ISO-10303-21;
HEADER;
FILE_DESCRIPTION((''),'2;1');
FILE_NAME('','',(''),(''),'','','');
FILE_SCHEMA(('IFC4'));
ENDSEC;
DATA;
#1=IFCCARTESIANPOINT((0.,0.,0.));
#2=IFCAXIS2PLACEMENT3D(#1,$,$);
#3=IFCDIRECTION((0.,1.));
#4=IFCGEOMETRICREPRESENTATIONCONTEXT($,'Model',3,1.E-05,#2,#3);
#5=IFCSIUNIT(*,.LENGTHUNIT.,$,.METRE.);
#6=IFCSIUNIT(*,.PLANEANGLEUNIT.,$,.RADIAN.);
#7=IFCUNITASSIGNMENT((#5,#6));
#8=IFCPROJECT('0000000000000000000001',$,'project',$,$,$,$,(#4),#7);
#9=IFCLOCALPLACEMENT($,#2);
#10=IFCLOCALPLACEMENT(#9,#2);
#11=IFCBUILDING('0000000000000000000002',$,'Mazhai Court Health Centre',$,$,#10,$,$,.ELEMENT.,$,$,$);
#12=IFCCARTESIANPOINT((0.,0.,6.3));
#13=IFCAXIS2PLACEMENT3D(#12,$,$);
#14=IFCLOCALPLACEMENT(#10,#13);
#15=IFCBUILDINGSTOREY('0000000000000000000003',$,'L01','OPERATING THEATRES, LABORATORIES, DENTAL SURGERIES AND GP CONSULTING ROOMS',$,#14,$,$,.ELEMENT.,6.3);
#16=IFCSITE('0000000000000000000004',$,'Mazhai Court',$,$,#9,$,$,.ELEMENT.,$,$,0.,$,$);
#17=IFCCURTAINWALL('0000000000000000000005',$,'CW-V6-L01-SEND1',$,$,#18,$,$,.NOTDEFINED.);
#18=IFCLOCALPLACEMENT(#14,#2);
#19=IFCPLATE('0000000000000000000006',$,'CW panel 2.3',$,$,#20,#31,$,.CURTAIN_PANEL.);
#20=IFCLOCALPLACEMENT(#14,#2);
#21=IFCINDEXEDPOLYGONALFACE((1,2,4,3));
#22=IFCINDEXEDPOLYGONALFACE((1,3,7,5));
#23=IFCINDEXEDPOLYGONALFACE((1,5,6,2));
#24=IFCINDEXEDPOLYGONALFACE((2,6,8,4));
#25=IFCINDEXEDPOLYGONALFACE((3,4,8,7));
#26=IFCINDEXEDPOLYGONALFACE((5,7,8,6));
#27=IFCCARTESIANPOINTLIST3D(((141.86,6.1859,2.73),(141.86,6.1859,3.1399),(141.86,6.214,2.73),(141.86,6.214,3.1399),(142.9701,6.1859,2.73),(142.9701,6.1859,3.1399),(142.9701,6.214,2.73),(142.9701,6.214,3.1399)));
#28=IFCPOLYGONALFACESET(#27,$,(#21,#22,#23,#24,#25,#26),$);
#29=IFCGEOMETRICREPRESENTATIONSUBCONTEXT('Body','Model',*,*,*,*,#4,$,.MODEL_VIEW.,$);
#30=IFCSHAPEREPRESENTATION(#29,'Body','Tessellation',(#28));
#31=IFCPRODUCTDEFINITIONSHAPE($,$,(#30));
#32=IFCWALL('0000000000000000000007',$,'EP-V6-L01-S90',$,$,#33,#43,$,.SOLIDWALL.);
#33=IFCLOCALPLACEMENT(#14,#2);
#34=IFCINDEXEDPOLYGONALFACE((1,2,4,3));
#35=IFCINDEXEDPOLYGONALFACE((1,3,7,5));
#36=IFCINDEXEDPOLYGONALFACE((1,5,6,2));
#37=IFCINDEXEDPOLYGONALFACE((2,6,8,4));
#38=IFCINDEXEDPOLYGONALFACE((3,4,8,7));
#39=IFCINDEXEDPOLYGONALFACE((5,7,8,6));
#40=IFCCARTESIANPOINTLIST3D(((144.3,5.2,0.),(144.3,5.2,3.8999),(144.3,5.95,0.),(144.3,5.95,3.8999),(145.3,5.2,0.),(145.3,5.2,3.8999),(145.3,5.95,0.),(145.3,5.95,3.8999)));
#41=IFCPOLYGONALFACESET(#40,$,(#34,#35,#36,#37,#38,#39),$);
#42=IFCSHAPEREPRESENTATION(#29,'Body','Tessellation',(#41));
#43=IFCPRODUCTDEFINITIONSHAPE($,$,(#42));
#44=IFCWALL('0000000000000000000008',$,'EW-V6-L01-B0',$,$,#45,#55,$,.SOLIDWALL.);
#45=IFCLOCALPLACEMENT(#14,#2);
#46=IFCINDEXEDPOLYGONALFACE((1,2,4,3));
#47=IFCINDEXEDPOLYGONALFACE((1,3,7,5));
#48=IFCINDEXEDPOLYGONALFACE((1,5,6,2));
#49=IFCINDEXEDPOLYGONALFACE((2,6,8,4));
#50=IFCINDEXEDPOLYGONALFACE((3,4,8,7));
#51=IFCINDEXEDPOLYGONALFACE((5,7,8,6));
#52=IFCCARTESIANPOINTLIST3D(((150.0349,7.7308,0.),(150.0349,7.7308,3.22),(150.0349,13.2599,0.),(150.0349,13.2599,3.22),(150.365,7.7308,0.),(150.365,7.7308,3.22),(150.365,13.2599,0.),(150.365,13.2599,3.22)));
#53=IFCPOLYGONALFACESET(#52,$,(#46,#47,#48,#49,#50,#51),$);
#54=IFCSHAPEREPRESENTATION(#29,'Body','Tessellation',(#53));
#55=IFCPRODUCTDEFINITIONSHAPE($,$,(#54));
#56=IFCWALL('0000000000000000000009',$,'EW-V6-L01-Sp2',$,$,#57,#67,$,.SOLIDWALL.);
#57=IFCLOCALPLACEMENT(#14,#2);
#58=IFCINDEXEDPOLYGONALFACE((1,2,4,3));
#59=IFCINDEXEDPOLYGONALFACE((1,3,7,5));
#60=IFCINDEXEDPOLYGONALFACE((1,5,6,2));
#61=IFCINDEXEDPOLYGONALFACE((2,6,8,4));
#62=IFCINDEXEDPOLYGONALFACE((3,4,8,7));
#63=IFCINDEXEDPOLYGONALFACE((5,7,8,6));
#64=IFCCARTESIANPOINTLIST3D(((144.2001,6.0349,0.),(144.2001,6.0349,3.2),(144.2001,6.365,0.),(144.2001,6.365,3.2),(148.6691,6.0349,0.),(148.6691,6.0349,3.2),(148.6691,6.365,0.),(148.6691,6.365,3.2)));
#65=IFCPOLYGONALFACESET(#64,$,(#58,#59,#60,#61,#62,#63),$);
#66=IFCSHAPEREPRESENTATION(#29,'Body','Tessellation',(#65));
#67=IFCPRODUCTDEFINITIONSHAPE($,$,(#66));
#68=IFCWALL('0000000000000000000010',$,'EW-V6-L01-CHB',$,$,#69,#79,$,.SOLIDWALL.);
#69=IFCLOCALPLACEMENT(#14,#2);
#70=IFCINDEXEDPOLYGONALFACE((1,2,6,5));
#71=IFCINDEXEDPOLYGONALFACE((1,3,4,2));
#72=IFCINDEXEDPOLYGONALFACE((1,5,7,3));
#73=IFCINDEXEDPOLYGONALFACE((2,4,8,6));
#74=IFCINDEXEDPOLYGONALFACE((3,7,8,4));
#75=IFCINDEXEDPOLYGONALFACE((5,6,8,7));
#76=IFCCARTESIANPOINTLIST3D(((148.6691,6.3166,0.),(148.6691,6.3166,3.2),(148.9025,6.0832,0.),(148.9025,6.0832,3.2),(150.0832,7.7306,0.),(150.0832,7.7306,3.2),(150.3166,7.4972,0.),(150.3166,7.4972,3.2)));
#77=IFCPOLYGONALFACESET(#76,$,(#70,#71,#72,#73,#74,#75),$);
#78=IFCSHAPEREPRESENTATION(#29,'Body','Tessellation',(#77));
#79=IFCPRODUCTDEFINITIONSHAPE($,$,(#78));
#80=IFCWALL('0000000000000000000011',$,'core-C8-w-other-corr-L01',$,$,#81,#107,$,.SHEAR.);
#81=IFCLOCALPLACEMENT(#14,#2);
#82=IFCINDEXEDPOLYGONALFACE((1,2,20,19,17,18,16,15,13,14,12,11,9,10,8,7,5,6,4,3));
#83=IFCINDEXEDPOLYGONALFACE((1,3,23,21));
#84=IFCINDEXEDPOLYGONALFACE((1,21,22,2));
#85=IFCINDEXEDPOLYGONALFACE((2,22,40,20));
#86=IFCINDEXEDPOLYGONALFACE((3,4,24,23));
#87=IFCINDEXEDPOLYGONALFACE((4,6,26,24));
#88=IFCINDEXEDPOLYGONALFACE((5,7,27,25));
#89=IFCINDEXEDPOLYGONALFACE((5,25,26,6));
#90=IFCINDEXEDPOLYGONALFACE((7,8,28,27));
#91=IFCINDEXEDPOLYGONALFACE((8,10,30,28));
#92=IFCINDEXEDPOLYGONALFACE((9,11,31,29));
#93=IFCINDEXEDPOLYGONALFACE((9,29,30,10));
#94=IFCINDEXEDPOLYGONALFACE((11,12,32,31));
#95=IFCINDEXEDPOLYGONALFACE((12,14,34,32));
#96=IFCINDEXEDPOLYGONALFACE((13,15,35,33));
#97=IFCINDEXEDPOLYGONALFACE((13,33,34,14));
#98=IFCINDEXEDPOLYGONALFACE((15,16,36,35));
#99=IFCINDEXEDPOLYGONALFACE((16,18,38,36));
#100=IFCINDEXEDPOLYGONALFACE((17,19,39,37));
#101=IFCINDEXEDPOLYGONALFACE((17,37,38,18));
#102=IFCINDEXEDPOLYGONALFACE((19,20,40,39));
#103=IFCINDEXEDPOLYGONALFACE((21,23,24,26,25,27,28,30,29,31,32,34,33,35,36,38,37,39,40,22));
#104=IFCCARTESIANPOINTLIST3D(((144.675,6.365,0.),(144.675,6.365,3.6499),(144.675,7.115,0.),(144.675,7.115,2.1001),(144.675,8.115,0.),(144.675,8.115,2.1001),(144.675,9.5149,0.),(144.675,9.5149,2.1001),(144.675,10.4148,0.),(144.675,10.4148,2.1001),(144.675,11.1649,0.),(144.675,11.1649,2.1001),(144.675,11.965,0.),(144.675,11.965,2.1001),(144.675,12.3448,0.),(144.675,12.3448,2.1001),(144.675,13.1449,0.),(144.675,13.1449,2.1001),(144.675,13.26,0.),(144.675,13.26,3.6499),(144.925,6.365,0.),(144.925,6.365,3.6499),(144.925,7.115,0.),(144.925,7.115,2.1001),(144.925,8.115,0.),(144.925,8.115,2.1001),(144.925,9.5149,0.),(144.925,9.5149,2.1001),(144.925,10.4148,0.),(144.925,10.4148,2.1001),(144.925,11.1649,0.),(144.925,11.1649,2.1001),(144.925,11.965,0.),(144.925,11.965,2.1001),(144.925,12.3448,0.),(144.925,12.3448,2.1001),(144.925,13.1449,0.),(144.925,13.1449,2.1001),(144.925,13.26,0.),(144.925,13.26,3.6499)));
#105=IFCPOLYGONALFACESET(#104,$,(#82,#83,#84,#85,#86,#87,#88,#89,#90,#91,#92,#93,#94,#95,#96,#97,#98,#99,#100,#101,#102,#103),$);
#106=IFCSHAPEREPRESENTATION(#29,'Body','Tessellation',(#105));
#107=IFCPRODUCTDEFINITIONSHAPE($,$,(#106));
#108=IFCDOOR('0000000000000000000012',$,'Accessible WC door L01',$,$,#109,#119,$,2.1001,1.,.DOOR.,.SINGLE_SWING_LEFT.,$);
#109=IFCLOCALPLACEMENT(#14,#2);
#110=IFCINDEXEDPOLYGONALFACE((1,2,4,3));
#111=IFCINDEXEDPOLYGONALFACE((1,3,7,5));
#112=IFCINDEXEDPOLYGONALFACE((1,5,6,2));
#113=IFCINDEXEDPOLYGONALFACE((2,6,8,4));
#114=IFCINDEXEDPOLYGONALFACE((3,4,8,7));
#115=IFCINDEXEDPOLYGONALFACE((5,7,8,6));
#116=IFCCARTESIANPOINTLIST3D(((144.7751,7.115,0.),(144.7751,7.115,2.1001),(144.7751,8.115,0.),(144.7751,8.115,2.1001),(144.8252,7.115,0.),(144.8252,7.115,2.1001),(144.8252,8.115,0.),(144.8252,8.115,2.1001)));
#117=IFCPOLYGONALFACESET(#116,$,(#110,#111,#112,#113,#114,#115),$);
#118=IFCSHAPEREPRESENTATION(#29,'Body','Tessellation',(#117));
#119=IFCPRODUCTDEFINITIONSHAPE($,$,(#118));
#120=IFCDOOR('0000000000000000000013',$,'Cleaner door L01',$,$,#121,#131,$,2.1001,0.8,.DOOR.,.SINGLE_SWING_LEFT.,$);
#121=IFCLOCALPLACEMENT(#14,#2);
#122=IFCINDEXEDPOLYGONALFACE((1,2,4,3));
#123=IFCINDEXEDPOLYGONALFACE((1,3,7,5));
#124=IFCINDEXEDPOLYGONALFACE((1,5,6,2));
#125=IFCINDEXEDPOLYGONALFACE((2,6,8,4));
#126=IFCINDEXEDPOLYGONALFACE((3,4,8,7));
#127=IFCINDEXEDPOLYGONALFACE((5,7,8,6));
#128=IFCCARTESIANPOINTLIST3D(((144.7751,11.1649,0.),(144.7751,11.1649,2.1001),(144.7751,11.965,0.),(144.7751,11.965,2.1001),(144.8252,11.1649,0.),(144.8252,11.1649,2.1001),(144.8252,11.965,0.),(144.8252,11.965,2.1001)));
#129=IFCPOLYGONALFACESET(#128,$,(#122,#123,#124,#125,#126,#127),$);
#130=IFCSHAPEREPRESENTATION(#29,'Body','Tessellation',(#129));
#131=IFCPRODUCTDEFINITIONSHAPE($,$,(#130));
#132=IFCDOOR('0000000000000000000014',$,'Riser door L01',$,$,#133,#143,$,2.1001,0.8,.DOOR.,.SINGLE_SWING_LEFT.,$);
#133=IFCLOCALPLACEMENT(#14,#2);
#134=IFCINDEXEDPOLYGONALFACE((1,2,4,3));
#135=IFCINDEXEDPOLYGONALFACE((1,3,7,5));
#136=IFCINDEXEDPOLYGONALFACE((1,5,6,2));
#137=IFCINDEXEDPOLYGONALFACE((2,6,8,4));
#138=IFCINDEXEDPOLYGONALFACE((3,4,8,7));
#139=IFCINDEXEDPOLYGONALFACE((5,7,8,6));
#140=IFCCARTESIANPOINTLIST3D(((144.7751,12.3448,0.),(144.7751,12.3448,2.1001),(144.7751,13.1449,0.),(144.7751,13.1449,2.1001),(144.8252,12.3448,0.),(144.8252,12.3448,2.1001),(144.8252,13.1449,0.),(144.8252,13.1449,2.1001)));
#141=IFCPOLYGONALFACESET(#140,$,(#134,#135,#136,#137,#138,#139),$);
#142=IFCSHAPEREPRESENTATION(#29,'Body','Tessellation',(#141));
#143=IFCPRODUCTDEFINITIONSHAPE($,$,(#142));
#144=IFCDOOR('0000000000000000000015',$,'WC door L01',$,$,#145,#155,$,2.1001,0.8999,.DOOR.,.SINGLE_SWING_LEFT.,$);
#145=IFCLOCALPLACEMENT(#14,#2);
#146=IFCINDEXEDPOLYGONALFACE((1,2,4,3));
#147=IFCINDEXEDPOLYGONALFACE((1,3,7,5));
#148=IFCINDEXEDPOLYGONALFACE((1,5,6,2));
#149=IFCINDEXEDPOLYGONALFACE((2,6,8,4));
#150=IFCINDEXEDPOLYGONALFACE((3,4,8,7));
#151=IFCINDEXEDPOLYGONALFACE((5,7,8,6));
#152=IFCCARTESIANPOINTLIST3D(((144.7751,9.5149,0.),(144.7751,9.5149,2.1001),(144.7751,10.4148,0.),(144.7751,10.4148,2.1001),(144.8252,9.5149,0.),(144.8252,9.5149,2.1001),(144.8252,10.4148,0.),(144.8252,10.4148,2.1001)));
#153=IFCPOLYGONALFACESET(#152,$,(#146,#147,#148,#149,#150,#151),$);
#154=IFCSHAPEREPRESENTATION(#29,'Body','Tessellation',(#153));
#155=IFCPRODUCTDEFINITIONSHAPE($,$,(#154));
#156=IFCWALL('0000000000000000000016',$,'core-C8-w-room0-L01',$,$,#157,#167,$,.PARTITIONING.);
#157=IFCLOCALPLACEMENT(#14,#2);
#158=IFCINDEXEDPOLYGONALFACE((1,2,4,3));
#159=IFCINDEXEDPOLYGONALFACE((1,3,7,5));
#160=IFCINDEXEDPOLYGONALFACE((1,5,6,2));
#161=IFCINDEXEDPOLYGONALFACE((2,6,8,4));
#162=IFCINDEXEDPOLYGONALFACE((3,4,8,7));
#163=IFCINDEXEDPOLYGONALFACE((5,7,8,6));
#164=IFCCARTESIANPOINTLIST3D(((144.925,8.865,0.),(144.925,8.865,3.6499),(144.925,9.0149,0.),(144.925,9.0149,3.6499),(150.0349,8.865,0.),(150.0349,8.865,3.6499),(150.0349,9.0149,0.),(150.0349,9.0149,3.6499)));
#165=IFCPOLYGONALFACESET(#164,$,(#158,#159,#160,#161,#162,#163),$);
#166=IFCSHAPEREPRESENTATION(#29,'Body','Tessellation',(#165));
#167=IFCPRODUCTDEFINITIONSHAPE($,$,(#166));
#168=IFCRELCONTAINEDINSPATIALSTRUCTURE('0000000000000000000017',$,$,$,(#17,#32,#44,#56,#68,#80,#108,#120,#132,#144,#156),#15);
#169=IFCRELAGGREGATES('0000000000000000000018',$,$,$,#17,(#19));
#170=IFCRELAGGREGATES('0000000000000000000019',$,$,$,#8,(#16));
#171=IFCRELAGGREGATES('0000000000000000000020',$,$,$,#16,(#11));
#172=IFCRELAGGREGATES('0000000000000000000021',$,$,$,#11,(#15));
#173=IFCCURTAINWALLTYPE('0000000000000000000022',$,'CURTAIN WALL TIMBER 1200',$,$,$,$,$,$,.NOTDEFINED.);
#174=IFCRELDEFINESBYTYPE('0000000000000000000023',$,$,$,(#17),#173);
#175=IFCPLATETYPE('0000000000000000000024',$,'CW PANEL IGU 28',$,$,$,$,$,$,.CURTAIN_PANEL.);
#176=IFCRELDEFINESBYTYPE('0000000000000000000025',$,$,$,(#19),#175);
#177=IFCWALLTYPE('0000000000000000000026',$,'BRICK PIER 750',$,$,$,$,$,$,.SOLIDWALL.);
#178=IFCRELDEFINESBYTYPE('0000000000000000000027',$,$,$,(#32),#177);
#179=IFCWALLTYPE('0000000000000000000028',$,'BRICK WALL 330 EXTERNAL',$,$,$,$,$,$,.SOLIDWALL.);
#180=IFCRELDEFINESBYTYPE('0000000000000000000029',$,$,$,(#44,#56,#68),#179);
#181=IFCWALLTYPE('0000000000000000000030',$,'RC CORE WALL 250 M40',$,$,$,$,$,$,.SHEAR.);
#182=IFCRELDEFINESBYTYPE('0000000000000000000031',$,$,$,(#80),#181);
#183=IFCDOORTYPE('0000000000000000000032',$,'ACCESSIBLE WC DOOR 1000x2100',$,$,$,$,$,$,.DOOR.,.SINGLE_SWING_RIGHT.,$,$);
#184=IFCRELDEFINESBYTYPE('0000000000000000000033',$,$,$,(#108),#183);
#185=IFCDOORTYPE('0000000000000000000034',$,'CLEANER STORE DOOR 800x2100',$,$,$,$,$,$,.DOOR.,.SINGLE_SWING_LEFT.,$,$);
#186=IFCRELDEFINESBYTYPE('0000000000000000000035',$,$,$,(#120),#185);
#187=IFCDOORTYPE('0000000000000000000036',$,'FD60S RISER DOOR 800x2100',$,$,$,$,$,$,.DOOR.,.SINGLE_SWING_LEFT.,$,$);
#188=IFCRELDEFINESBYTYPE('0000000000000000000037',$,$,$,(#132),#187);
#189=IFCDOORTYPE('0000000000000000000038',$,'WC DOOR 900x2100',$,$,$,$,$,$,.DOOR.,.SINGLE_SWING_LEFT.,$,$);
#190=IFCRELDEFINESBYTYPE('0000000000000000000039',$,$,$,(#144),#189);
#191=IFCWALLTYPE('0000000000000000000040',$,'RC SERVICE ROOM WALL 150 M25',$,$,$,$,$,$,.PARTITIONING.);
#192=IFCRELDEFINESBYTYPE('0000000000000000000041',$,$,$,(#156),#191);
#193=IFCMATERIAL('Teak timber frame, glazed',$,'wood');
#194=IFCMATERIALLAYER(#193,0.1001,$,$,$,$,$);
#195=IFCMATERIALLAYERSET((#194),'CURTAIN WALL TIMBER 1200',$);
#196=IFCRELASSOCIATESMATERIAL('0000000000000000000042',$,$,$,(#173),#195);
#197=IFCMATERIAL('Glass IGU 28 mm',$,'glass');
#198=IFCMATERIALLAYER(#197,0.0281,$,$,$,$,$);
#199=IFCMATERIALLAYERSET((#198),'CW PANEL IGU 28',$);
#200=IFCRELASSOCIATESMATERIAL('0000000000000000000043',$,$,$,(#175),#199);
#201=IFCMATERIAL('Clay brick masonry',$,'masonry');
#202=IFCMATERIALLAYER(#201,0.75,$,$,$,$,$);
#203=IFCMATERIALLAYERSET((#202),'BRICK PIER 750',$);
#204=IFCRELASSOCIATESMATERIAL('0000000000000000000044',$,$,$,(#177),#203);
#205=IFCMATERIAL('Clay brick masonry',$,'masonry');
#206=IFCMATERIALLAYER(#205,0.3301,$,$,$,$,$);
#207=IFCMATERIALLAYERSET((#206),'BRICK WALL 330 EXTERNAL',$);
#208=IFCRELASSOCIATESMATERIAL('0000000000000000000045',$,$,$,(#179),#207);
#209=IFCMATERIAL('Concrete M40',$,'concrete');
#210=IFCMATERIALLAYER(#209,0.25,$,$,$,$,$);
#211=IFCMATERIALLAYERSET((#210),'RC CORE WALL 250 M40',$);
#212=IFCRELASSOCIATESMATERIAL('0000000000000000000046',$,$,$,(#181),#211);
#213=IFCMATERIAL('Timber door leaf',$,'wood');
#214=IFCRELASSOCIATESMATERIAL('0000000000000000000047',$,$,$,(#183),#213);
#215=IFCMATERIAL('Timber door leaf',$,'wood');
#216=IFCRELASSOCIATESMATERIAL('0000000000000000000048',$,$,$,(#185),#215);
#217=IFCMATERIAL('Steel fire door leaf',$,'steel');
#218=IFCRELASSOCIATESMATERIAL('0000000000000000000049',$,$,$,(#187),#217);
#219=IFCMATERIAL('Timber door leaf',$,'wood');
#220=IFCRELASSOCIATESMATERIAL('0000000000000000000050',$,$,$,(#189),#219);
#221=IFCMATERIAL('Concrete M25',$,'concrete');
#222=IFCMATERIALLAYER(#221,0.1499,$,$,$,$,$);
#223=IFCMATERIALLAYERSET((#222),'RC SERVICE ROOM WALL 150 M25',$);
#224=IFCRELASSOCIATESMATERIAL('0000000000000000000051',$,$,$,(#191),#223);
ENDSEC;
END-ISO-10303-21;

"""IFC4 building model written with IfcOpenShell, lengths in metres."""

from ifc_helpers import new_model, si_unit, direction, frame, frame_2d, origin, origin_2d, place, context, subcontext, project, spatial, rectangle, extrude, material, layer, layer_set, type_object, element, fill, aggregate, save


model = new_model("IFC4")

# Units and contexts
model_context = context("Model", 3, precision=1e-05, world=origin(), true_north=direction((0.0, 1.0)))
body_context = subcontext(model_context, "Body", "Model", "MODEL_VIEW")
ifc_project = project(units=[si_unit("LENGTHUNIT", "METRE"), si_unit("PLANEANGLEUNIT", "RADIAN")], contexts=[model_context])

# Site, building, storey
site_placement = place(None, origin())
site = spatial("IfcSite", under=ifc_project, at=site_placement, Name="Mazhai Court", CompositionType="ELEMENT", RefElevation=0.0)
building_placement = place(site_placement, origin())
building = spatial("IfcBuilding", under=site, at=building_placement, Name="Mazhai Court Health Centre", CompositionType="ELEMENT")
storey_placement = place(building_placement, frame((0.0, 0.0, 6.3)))
storey = spatial("IfcBuildingStorey", under=building, at=storey_placement, Name="L01", Description="OPERATING THEATRES, LABORATORIES, DENTAL SURGERIES AND GP CONSULTING ROOMS", CompositionType="ELEMENT", Elevation=6.3)

# Curtain wall, plate
ifc_material_1 = material(Name="Teak timber frame, glazed", Category="wood")
ifc_layer_1 = layer(ifc_material_1, 0.1001)
ifc_layer_set_1 = layer_set([ifc_layer_1], Name="CURTAIN WALL TIMBER 1200")
curtain_wall_type = type_object("IfcCurtainWallType", Name="CURTAIN WALL TIMBER 1200", PredefinedType="NOTDEFINED", material=ifc_layer_set_1)
curtain_wall_placement = place(storey_placement, origin())
curtain_wall = element("IfcCurtainWall", 1, at=curtain_wall_placement, inside=storey, type_object=curtain_wall_type, Name="CW-V6-L01-SEND1", PredefinedType="NOTDEFINED")
ifc_material_2 = material(Name="Glass IGU 28 mm", Category="glass")
ifc_layer_2 = layer(ifc_material_2, 0.0281)
ifc_layer_set_2 = layer_set([ifc_layer_2], Name="CW PANEL IGU 28")
plate_type = type_object("IfcPlateType", Name="CW PANEL IGU 28", PredefinedType="CURTAIN_PANEL", material=ifc_layer_set_2)
plate_1_placement = place(storey_placement, frame((142.415, 6.2, 2.73), z_axis=(0.0, 0.0, 1.0), x_axis=(-1.0, 0.0, 0.0)))
plate_1 = element("IfcPlate", 2, at=plate_1_placement, type_object=plate_type, Name="CW panel 2.3", PredefinedType="CURTAIN_PANEL", context=body_context, shape_type="SweptSolid", body=[
    extrude(rectangle(XDim=1.1101, YDim=0.0281, at=origin_2d()), origin(), (0.0, 0.0, 1.0), 0.4099),
])
aggregate(curtain_wall, [plate_1])

# Walls
ifc_material_3 = material(Name="Clay brick masonry", Category="masonry")
ifc_layer_3 = layer(ifc_material_3, 0.75)
ifc_layer_set_3 = layer_set([ifc_layer_3], Name="BRICK PIER 750")
wall_type_1 = type_object("IfcWallType", Name="BRICK PIER 750", PredefinedType="SOLIDWALL", material=ifc_layer_set_3)
wall_1_placement = place(storey_placement, frame((145.3, 5.575, 0.0), z_axis=(0.0, 0.0, 1.0), x_axis=(-1.0, 0.0, 0.0)))
element("IfcWall", 3, at=wall_1_placement, inside=storey, type_object=wall_type_1, Name="EP-V6-L01-S90", PredefinedType="SOLIDWALL", context=body_context, shape_type="SweptSolid", body=[
    extrude(rectangle(XDim=1.0, YDim=0.75, at=frame_2d((0.5, 0.0))), origin(), (0.0, 0.0, 1.0), 3.8999),
])
ifc_material_4 = material(Name="Clay brick masonry", Category="masonry")
ifc_layer_4 = layer(ifc_material_4, 0.3301)
ifc_layer_set_4 = layer_set([ifc_layer_4], Name="BRICK WALL 330 EXTERNAL")
wall_type_2 = type_object("IfcWallType", Name="BRICK WALL 330 EXTERNAL", PredefinedType="SOLIDWALL", material=ifc_layer_set_4)
wall_2_placement = place(storey_placement, frame((150.2, 13.26, 0.0), z_axis=(0.0, 0.0, 1.0), x_axis=(0.0, -1.0, 0.0)))
element("IfcWall", 4, at=wall_2_placement, inside=storey, type_object=wall_type_2, Name="EW-V6-L01-B0", PredefinedType="SOLIDWALL", context=body_context, shape_type="SweptSolid", body=[
    extrude(rectangle(XDim=5.5291, YDim=0.3301, at=frame_2d((2.7646, 0.0))), origin(), (0.0, 0.0, 1.0), 3.22),
])
wall_3_placement = place(storey_placement, frame((148.6689, 6.2, 0.0), z_axis=(0.0, 0.0, 1.0), x_axis=(-1.0, 0.0, 0.0)))
element("IfcWall", 5, at=wall_3_placement, inside=storey, type_object=wall_type_2, Name="EW-V6-L01-Sp2", PredefinedType="SOLIDWALL", context=body_context, shape_type="SweptSolid", body=[
    extrude(rectangle(XDim=4.469, YDim=0.3301, at=frame_2d((2.2344, 0.0))), origin(), (0.0, 0.0, 1.0), 3.2),
])
wall_4_placement = place(storey_placement, frame((150.2, 7.614, 0.0), z_axis=(0.0, 0.0, 1.0), x_axis=(-0.707107, -0.707107, 0.0)))
element("IfcWall", 6, at=wall_4_placement, inside=storey, type_object=wall_type_2, Name="EW-V6-L01-CHB", PredefinedType="SOLIDWALL", context=body_context, shape_type="SweptSolid", body=[
    extrude(rectangle(XDim=1.9998, YDim=0.3301, at=frame_2d((1.0, 0.0))), origin(), (0.0, 0.0, 1.0), 3.2),
])

# Wall, openings, doors
ifc_material_5 = material(Name="Concrete M40", Category="concrete")
ifc_layer_5 = layer(ifc_material_5, 0.25)
ifc_layer_set_5 = layer_set([ifc_layer_5], Name="RC CORE WALL 250 M40")
wall_type_3 = type_object("IfcWallType", Name="RC CORE WALL 250 M40", PredefinedType="SHEAR", material=ifc_layer_set_5)
wall_5_placement = place(storey_placement, frame((144.8, 6.365, 0.0), z_axis=(0.0, 0.0, 1.0), x_axis=(0.0, 1.0, 0.0)))
wall_5 = element("IfcWall", 7, at=wall_5_placement, inside=storey, type_object=wall_type_3, Name="core-C8-w-other-corr-L01", PredefinedType="SHEAR", context=body_context, shape_type="SweptSolid", body=[
    extrude(rectangle(XDim=6.895, YDim=0.25, at=frame_2d((3.4475, 0.0))), origin(), (0.0, 0.0, 1.0), 3.6499),
])
opening_1_placement = place(wall_5_placement, frame((0.75, 0.0, 0.0)))
opening_1 = element("IfcOpeningElement", 8, at=opening_1_placement, cuts=wall_5, PredefinedType="OPENING", context=body_context, shape_type="SweptSolid", body=[
    extrude(rectangle(XDim=1.0, YDim=2.1001, at=frame_2d((0.5, 1.05))), frame((0.0, 0.135, 0.0), z_axis=(0.0, -1.0, 0.0), x_axis=(1.0, 0.0, 0.0)), (0.0, 0.0, 1.0), 0.27),
])
opening_2_placement = place(wall_5_placement, frame((3.1499, 0.0, 0.0)))
opening_2 = element("IfcOpeningElement", 9, at=opening_2_placement, cuts=wall_5, PredefinedType="OPENING", context=body_context, shape_type="SweptSolid", body=[
    extrude(rectangle(XDim=0.8999, YDim=2.1001, at=frame_2d((0.45, 1.05))), frame((0.0, 0.135, 0.0), z_axis=(0.0, -1.0, 0.0), x_axis=(1.0, 0.0, 0.0)), (0.0, 0.0, 1.0), 0.27),
])
opening_3_placement = place(wall_5_placement, frame((4.8, 0.0, 0.0)))
opening_3 = element("IfcOpeningElement", 10, at=opening_3_placement, cuts=wall_5, PredefinedType="OPENING", context=body_context, shape_type="SweptSolid", body=[
    extrude(rectangle(XDim=0.8, YDim=2.1001, at=frame_2d((0.3999, 1.05))), frame((0.0, 0.135, 0.0), z_axis=(0.0, -1.0, 0.0), x_axis=(1.0, 0.0, 0.0)), (0.0, 0.0, 1.0), 0.27),
])
opening_4_placement = place(wall_5_placement, frame((5.98, 0.0, 0.0)))
opening_4 = element("IfcOpeningElement", 11, at=opening_4_placement, cuts=wall_5, PredefinedType="OPENING", context=body_context, shape_type="SweptSolid", body=[
    extrude(rectangle(XDim=0.8, YDim=2.1001, at=frame_2d((0.3999, 1.05))), frame((0.0, 0.135, 0.0), z_axis=(0.0, -1.0, 0.0), x_axis=(1.0, 0.0, 0.0)), (0.0, 0.0, 1.0), 0.27),
])
ifc_material_6 = material(Name="Timber door leaf", Category="wood")
door_type_1 = type_object("IfcDoorType", Name="ACCESSIBLE WC DOOR 1000x2100", OperationType="SINGLE_SWING_RIGHT", PredefinedType="DOOR", material=ifc_material_6)
door_1_placement = place(opening_1_placement, origin())
door_1 = element("IfcDoor", 12, at=door_1_placement, inside=storey, type_object=door_type_1, Name="Accessible WC door L01", OperationType="SINGLE_SWING_LEFT", OverallHeight=2.1001, OverallWidth=1.0, PredefinedType="DOOR", context=body_context, shape_type="SweptSolid", body=[
    extrude(rectangle(XDim=1.0, YDim=2.1001, at=frame_2d((0.5, 1.05))), frame((0.0, 0.0249, 0.0), z_axis=(0.0, -1.0, 0.0), x_axis=(1.0, 0.0, 0.0)), (0.0, 0.0, 1.0), 0.05),
])
fill(opening_1, door_1)
ifc_material_7 = material(Name="Timber door leaf", Category="wood")
door_type_2 = type_object("IfcDoorType", Name="CLEANER STORE DOOR 800x2100", OperationType="SINGLE_SWING_LEFT", PredefinedType="DOOR", material=ifc_material_7)
door_2_placement = place(opening_3_placement, origin())
door_2 = element("IfcDoor", 13, at=door_2_placement, inside=storey, type_object=door_type_2, Name="Cleaner door L01", OperationType="SINGLE_SWING_LEFT", OverallHeight=2.1001, OverallWidth=0.8, PredefinedType="DOOR", context=body_context, shape_type="SweptSolid", body=[
    extrude(rectangle(XDim=0.8, YDim=2.1001, at=frame_2d((0.3999, 1.05))), frame((0.0, 0.0249, 0.0), z_axis=(0.0, -1.0, 0.0), x_axis=(1.0, 0.0, 0.0)), (0.0, 0.0, 1.0), 0.05),
])
fill(opening_3, door_2)
ifc_material_8 = material(Name="Steel fire door leaf", Category="steel")
door_type_3 = type_object("IfcDoorType", Name="FD60S RISER DOOR 800x2100", OperationType="SINGLE_SWING_LEFT", PredefinedType="DOOR", material=ifc_material_8)
door_3_placement = place(opening_4_placement, origin())
door_3 = element("IfcDoor", 14, at=door_3_placement, inside=storey, type_object=door_type_3, Name="Riser door L01", OperationType="SINGLE_SWING_LEFT", OverallHeight=2.1001, OverallWidth=0.8, PredefinedType="DOOR", context=body_context, shape_type="SweptSolid", body=[
    extrude(rectangle(XDim=0.8, YDim=2.1001, at=frame_2d((0.3999, 1.05))), frame((0.0, 0.0249, 0.0), z_axis=(0.0, -1.0, 0.0), x_axis=(1.0, 0.0, 0.0)), (0.0, 0.0, 1.0), 0.05),
])
fill(opening_4, door_3)
ifc_material_9 = material(Name="Timber door leaf", Category="wood")
door_type_4 = type_object("IfcDoorType", Name="WC DOOR 900x2100", OperationType="SINGLE_SWING_LEFT", PredefinedType="DOOR", material=ifc_material_9)
door_4_placement = place(opening_2_placement, origin())
door_4 = element("IfcDoor", 15, at=door_4_placement, inside=storey, type_object=door_type_4, Name="WC door L01", OperationType="SINGLE_SWING_LEFT", OverallHeight=2.1001, OverallWidth=0.8999, PredefinedType="DOOR", context=body_context, shape_type="SweptSolid", body=[
    extrude(rectangle(XDim=0.8999, YDim=2.1001, at=frame_2d((0.45, 1.05))), frame((0.0, 0.0249, 0.0), z_axis=(0.0, -1.0, 0.0), x_axis=(1.0, 0.0, 0.0)), (0.0, 0.0, 1.0), 0.05),
])
fill(opening_2, door_4)

# Wall
ifc_material_10 = material(Name="Concrete M25", Category="concrete")
ifc_layer_6 = layer(ifc_material_10, 0.1499)
ifc_layer_set_6 = layer_set([ifc_layer_6], Name="RC SERVICE ROOM WALL 150 M25")
wall_type_4 = type_object("IfcWallType", Name="RC SERVICE ROOM WALL 150 M25", PredefinedType="PARTITIONING", material=ifc_layer_set_6)
for number, where, z_axis, x_axis, name in (
    (16, (144.925, 8.9399, 0.0), (0.0, 0.0, 1.0), (1.0, 0.0, 0.0), "core-C8-w-room0-L01"),
):
    element("IfcWall", number, at=place(storey_placement, frame(where, z_axis=z_axis, x_axis=x_axis)), inside=storey, type_object=wall_type_4, Name=name, PredefinedType="PARTITIONING", context=body_context, shape_type="SweptSolid", body=[
        extrude(rectangle(XDim=5.1099, YDim=0.1499, at=frame_2d((2.5549, 0.0))), origin(), (0.0, 0.0, 1.0), 3.6499),
    ])

save(model, "model.ifc")
